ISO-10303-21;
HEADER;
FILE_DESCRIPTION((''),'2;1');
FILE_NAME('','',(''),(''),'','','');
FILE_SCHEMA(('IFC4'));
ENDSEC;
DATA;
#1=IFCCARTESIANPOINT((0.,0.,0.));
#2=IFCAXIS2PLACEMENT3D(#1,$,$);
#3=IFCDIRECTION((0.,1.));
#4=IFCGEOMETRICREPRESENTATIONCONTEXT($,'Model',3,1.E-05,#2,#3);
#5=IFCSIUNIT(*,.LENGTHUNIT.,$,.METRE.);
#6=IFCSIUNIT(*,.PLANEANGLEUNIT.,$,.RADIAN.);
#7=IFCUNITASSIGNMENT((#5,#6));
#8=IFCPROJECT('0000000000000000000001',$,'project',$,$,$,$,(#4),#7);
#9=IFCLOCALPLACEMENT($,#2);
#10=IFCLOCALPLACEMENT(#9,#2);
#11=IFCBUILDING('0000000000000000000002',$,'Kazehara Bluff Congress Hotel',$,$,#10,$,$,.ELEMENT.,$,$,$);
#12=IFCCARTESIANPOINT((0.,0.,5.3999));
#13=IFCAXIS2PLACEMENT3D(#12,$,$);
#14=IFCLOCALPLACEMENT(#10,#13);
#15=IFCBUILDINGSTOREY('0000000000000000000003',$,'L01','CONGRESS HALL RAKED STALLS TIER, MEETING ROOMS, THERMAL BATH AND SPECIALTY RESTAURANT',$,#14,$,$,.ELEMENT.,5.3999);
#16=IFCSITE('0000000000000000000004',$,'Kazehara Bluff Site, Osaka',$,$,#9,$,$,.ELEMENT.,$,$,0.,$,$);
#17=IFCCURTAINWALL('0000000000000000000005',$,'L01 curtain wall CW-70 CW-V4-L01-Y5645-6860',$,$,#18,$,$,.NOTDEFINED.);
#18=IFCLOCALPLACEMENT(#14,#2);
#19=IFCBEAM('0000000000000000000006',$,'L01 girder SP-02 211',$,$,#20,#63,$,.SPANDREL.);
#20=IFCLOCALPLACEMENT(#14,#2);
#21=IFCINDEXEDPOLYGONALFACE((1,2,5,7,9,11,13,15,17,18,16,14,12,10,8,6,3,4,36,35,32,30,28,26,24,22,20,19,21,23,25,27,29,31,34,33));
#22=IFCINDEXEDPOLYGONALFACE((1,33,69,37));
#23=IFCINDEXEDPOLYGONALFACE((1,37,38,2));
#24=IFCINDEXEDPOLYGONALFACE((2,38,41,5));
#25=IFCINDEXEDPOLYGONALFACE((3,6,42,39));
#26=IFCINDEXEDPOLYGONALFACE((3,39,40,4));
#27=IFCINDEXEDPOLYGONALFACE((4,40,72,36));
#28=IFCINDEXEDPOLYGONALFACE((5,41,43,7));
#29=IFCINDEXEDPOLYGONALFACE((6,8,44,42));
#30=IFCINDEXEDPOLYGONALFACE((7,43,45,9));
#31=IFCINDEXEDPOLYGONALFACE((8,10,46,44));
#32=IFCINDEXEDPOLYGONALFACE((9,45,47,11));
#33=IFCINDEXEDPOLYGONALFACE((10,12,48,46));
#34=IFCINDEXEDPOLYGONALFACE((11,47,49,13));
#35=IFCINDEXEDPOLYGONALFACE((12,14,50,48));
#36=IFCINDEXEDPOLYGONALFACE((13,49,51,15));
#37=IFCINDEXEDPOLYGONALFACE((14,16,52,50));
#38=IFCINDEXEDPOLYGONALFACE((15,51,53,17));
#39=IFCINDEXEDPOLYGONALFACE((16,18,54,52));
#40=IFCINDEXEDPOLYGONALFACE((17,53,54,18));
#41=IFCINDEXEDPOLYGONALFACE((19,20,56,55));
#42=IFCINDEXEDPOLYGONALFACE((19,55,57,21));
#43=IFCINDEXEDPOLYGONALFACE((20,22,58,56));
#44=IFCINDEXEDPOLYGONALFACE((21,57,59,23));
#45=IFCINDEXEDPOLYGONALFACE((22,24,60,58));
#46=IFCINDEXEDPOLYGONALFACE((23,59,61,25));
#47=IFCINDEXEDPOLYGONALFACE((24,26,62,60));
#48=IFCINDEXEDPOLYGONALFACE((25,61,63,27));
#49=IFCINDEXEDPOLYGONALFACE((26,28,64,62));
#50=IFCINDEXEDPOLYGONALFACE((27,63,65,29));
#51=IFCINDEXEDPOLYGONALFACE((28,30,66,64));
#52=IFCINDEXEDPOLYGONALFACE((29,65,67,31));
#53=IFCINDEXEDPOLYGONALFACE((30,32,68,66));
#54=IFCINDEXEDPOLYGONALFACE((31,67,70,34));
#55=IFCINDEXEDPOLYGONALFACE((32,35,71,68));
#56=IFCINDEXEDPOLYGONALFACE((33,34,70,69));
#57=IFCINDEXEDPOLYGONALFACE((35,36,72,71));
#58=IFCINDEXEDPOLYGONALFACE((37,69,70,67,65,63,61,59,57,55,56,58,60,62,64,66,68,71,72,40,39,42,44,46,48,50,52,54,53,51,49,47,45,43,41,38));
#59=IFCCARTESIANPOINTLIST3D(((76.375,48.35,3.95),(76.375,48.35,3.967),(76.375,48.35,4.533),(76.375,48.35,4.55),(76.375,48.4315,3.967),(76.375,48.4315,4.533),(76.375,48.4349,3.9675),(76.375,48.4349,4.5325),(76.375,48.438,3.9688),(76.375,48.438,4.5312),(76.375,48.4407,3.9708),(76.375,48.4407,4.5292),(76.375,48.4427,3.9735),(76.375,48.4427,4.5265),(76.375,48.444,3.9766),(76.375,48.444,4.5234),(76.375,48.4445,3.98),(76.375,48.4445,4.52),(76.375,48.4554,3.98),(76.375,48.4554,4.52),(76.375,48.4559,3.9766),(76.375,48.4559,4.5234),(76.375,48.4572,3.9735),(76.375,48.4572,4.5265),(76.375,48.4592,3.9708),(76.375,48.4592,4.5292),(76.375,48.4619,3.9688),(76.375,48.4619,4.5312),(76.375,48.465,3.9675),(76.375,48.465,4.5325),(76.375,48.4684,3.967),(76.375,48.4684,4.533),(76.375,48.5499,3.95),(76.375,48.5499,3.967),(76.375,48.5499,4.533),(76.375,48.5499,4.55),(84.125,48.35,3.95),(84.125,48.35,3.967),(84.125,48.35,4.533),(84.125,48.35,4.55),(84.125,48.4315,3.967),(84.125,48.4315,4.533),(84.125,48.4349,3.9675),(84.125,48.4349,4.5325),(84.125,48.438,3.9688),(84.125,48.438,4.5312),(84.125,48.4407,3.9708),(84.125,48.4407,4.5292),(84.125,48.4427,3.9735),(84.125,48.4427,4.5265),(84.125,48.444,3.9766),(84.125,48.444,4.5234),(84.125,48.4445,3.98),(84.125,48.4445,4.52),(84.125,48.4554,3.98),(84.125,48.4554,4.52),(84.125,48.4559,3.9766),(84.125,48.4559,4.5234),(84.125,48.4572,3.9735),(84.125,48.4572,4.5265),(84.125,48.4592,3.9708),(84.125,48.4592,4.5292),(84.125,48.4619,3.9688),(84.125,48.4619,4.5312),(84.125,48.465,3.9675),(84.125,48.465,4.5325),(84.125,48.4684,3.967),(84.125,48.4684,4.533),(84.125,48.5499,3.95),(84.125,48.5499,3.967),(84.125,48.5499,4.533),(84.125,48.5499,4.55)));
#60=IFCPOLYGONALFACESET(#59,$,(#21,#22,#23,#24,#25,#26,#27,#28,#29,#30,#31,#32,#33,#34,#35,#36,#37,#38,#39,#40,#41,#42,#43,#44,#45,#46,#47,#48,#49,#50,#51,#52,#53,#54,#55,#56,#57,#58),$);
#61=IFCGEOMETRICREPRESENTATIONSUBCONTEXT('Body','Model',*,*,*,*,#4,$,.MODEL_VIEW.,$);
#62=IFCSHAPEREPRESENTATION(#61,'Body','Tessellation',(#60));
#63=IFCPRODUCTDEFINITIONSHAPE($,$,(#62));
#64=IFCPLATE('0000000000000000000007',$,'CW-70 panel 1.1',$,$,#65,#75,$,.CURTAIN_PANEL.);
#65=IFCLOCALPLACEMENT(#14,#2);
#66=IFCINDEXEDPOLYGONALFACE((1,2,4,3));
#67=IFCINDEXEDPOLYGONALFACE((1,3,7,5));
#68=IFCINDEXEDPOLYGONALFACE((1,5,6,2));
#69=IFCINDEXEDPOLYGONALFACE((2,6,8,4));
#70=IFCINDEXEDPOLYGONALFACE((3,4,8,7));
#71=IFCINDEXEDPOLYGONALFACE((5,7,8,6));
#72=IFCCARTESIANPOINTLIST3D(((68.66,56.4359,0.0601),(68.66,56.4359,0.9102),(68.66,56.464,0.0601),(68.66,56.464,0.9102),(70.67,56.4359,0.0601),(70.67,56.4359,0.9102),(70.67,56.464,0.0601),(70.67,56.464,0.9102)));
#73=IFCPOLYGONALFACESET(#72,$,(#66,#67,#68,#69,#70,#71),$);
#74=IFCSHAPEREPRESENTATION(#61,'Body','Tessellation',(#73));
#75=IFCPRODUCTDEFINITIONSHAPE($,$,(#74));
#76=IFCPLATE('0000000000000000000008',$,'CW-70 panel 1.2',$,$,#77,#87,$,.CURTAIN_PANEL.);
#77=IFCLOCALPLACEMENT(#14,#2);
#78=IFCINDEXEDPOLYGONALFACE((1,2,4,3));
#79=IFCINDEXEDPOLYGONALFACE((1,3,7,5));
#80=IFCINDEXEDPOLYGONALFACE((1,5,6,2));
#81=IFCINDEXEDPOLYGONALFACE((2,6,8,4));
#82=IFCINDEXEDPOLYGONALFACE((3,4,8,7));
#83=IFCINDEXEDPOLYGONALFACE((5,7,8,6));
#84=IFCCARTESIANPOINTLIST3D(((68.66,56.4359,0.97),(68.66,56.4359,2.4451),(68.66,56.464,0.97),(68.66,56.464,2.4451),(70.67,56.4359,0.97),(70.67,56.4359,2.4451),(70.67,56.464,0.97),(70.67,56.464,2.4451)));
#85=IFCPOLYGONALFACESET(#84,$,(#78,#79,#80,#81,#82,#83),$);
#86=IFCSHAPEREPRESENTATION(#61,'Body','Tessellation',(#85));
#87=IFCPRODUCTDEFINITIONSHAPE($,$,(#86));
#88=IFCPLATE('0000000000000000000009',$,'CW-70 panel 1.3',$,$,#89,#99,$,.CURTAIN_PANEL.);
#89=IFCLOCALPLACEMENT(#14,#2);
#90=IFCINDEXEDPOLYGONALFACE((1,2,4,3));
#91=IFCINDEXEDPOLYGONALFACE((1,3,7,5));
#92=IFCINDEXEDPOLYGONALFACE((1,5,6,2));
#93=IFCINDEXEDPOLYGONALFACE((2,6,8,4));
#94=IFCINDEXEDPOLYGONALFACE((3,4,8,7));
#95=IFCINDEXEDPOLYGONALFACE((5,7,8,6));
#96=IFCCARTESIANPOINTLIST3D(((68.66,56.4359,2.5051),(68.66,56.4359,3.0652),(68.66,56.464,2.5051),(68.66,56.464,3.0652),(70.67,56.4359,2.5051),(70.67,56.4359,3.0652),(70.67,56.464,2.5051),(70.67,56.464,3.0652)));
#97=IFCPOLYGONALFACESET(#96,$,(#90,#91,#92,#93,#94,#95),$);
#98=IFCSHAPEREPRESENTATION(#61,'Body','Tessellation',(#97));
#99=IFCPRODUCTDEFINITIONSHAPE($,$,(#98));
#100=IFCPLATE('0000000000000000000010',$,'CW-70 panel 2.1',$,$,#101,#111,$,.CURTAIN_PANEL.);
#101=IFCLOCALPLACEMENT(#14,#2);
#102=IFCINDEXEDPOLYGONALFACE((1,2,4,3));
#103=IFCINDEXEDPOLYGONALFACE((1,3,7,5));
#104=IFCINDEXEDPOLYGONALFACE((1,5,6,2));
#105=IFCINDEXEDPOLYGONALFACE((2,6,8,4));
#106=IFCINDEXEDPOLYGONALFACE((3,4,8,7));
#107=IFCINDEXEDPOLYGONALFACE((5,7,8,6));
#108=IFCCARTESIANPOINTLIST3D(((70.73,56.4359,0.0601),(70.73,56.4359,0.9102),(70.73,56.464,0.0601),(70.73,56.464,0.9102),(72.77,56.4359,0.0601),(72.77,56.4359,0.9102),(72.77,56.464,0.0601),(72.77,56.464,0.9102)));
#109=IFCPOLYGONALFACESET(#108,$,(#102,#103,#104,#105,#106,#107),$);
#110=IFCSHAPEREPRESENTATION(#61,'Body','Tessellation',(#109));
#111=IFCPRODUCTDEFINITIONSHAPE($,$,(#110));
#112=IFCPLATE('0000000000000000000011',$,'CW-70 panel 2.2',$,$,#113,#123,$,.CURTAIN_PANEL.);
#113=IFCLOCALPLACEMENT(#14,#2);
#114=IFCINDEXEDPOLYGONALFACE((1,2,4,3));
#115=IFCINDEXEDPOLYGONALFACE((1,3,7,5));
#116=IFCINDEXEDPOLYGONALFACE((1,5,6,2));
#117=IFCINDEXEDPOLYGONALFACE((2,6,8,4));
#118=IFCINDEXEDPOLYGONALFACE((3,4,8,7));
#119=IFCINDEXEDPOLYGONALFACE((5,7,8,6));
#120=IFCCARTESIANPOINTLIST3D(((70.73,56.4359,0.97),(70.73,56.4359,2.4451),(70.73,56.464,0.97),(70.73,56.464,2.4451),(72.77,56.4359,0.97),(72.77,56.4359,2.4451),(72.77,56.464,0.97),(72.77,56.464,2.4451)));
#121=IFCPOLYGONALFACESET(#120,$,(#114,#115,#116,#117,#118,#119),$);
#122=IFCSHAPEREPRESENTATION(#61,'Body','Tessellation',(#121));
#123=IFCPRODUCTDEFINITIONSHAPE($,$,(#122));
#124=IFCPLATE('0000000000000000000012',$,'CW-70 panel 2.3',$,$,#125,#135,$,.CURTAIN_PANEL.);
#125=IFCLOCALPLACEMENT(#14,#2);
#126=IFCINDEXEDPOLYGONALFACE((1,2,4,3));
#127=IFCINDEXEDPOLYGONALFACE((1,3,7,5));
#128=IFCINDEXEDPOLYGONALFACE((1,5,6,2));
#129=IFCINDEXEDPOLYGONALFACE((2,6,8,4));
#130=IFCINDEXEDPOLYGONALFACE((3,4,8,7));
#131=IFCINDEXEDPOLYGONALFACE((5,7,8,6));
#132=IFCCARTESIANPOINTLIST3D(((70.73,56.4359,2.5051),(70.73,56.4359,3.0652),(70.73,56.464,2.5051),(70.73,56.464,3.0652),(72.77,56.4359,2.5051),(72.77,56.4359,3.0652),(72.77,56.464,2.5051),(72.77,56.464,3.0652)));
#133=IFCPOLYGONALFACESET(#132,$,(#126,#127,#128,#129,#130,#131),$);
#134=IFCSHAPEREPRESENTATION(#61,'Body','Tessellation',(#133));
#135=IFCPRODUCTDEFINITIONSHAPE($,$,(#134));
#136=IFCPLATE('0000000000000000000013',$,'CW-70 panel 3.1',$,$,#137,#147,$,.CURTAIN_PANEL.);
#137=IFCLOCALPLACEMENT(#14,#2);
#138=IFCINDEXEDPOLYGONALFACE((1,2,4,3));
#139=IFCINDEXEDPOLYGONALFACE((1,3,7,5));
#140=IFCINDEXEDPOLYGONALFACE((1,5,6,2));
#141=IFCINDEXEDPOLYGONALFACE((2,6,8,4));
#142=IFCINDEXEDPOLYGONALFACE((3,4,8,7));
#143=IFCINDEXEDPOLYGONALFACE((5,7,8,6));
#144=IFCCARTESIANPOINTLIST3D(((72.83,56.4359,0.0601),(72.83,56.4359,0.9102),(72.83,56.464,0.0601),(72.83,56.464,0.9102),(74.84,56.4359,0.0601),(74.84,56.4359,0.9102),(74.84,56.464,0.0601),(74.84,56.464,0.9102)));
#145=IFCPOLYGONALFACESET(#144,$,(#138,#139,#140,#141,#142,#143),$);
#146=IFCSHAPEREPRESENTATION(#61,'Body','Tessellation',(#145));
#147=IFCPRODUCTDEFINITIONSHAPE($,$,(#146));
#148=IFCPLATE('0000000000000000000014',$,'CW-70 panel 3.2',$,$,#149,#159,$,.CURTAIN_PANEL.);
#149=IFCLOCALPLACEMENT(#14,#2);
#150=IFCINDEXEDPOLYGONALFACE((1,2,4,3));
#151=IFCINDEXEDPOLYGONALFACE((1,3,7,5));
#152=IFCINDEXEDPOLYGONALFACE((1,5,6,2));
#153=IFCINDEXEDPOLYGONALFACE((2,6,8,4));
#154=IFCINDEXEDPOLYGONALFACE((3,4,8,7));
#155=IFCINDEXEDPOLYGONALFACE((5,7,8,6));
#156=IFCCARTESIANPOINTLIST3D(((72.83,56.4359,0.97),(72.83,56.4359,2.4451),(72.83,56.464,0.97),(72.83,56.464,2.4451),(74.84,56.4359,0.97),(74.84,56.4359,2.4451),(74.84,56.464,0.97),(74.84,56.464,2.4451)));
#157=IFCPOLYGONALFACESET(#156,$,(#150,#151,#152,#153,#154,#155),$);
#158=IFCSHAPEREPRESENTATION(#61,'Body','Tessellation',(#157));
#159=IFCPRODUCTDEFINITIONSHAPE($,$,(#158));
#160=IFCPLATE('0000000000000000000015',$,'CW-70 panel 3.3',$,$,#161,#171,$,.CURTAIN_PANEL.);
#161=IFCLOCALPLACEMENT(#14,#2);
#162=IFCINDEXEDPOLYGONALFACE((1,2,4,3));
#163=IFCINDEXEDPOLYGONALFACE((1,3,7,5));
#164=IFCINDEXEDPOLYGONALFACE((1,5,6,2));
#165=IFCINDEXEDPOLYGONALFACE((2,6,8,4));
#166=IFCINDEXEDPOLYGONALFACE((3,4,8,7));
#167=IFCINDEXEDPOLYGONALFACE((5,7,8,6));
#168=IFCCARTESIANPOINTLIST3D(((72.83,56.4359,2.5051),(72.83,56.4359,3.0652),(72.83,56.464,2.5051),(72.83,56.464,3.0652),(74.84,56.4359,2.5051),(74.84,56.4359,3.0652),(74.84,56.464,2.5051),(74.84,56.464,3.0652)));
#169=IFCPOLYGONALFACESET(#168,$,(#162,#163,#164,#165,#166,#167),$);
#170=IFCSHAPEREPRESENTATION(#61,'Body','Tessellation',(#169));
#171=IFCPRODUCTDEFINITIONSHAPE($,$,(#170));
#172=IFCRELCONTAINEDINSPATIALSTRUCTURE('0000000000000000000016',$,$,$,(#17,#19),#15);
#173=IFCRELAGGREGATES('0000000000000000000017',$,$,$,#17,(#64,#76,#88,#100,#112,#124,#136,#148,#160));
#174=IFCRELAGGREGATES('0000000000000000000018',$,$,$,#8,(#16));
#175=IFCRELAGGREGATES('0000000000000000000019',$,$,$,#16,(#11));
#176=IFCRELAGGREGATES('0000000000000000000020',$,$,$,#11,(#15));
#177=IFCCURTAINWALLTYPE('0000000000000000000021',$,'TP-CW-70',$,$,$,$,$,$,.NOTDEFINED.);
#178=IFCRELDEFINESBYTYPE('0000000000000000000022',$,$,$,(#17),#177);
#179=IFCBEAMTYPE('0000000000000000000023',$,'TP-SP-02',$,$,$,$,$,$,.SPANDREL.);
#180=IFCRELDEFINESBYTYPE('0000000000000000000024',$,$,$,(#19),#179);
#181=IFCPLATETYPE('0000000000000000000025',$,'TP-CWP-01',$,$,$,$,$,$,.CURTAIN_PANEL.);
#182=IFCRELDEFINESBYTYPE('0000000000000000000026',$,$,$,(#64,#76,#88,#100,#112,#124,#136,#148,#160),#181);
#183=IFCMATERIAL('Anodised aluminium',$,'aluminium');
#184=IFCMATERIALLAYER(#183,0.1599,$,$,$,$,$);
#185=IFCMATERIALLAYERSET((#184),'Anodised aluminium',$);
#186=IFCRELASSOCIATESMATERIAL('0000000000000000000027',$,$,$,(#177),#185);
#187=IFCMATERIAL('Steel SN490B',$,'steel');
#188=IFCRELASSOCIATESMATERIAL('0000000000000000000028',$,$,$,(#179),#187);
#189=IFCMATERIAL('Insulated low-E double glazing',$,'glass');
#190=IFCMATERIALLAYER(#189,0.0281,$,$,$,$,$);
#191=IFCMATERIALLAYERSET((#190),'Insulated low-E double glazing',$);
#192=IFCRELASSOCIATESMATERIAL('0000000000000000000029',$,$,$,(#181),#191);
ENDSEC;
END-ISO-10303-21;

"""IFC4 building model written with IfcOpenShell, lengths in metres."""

from ifc_helpers import new_model, si_unit, direction, frame, origin, origin_2d, place, context, subcontext, project, spatial, rectangle, i_section, extrude, material, layer, layer_set, material_profile, profile_set, type_object, element, aggregate, save


model = new_model("IFC4")

# Units and contexts
model_context = context("Model", 3, precision=1e-05, world=origin(), true_north=direction((0.0, 1.0)))
body_context = subcontext(model_context, "Body", "Model", "MODEL_VIEW")
ifc_project = project(units=[si_unit("LENGTHUNIT", "METRE"), si_unit("PLANEANGLEUNIT", "RADIAN")], contexts=[model_context])

# Site, building, storey
site_placement = place(None, origin())
site = spatial("IfcSite", under=ifc_project, at=site_placement, Name="Kazehara Bluff Site, Osaka", CompositionType="ELEMENT", RefElevation=0.0)
building_placement = place(site_placement, origin())
building = spatial("IfcBuilding", under=site, at=building_placement, Name="Kazehara Bluff Congress Hotel", CompositionType="ELEMENT")
storey_placement = place(building_placement, frame((0.0, 0.0, 5.3999)))
storey = spatial("IfcBuildingStorey", under=building, at=storey_placement, Name="L01", Description="CONGRESS HALL RAKED STALLS TIER, MEETING ROOMS, THERMAL BATH AND SPECIALTY RESTAURANT", CompositionType="ELEMENT", Elevation=5.3999)

# Curtain wall
ifc_material_1 = material(Name="Anodised aluminium", Category="aluminium")
ifc_layer_1 = layer(ifc_material_1, 0.1599)
ifc_layer_set_1 = layer_set([ifc_layer_1], Name="Anodised aluminium")
curtain_wall_type = type_object("IfcCurtainWallType", Name="TP-CW-70", PredefinedType="NOTDEFINED", material=ifc_layer_set_1)
curtain_wall_placement = place(storey_placement, origin())
curtain_wall = element("IfcCurtainWall", 1, at=curtain_wall_placement, inside=storey, type_object=curtain_wall_type, Name="L01 curtain wall CW-70 CW-V4-L01-Y5645-6860", PredefinedType="NOTDEFINED")

# Beam
ifc_material_2 = material(Name="Steel SN490B", Category="steel")
ifc_material_profile_1 = material_profile(ifc_material_2, i_section(OverallWidth=0.2, OverallDepth=0.6001, WebThickness=0.011, FlangeThickness=0.0171, FilletRadius=0.0129, at=origin_2d()))
ifc_profile_set_1 = profile_set([ifc_material_profile_1], Name="Steel SN490B")
beam_type_1 = type_object("IfcBeamType", Name="TP-SP-02", PredefinedType="SPANDREL", material=ifc_profile_set_1)
beam_1_placement = place(storey_placement, frame((76.375, 48.45, 4.25), z_axis=(1.0, 0.0, 0.0), x_axis=(0.0, 1.0, 0.0)))
element("IfcBeam", 2, at=beam_1_placement, inside=storey, type_object=beam_type_1, Name="L01 girder SP-02 211", PredefinedType="SPANDREL", context=body_context, shape_type="SweptSolid", body=[
    extrude(i_section(OverallWidth=0.2, OverallDepth=0.6001, WebThickness=0.011, FlangeThickness=0.0171, FilletRadius=0.0129, at=origin_2d()), origin(), (0.0, 0.0, 1.0), 7.75),
])

# Plates
ifc_material_3 = material(Name="Insulated low-E double glazing", Category="glass")
ifc_layer_2 = layer(ifc_material_3, 0.0281)
ifc_layer_set_2 = layer_set([ifc_layer_2], Name="Insulated low-E double glazing")
plate_type = type_object("IfcPlateType", Name="TP-CWP-01", PredefinedType="CURTAIN_PANEL", material=ifc_layer_set_2)
plate_1_placement = place(storey_placement, frame((69.665, 56.45, 0.0601), z_axis=(0.0, 0.0, 1.0), x_axis=(1.0, 0.0, 0.0)))
plate_1 = element("IfcPlate", 3, at=plate_1_placement, type_object=plate_type, Name="CW-70 panel 1.1", PredefinedType="CURTAIN_PANEL", context=body_context, shape_type="SweptSolid", body=[
    extrude(rectangle(XDim=2.01, YDim=0.0281, at=origin_2d()), origin(), (0.0, 0.0, 1.0), 0.8501),
])
plate_2_placement = place(storey_placement, frame((69.665, 56.45, 0.97), z_axis=(0.0, 0.0, 1.0), x_axis=(1.0, 0.0, 0.0)))
plate_2 = element("IfcPlate", 4, at=plate_2_placement, type_object=plate_type, Name="CW-70 panel 1.2", PredefinedType="CURTAIN_PANEL", context=body_context, shape_type="SweptSolid", body=[
    extrude(rectangle(XDim=2.01, YDim=0.0281, at=origin_2d()), origin(), (0.0, 0.0, 1.0), 1.4751),
])
plate_3_placement = place(storey_placement, frame((69.665, 56.45, 2.5051), z_axis=(0.0, 0.0, 1.0), x_axis=(1.0, 0.0, 0.0)))
plate_3 = element("IfcPlate", 5, at=plate_3_placement, type_object=plate_type, Name="CW-70 panel 1.3", PredefinedType="CURTAIN_PANEL", context=body_context, shape_type="SweptSolid", body=[
    extrude(rectangle(XDim=2.01, YDim=0.0281, at=origin_2d()), origin(), (0.0, 0.0, 1.0), 0.5601),
])
plate_4_placement = place(storey_placement, frame((71.75, 56.45, 0.0601), z_axis=(0.0, 0.0, 1.0), x_axis=(1.0, 0.0, 0.0)))
plate_4 = element("IfcPlate", 6, at=plate_4_placement, type_object=plate_type, Name="CW-70 panel 2.1", PredefinedType="CURTAIN_PANEL", context=body_context, shape_type="SweptSolid", body=[
    extrude(rectangle(XDim=2.04, YDim=0.0281, at=origin_2d()), origin(), (0.0, 0.0, 1.0), 0.8501),
])
plate_5_placement = place(storey_placement, frame((71.75, 56.45, 0.97), z_axis=(0.0, 0.0, 1.0), x_axis=(1.0, 0.0, 0.0)))
plate_5 = element("IfcPlate", 7, at=plate_5_placement, type_object=plate_type, Name="CW-70 panel 2.2", PredefinedType="CURTAIN_PANEL", context=body_context, shape_type="SweptSolid", body=[
    extrude(rectangle(XDim=2.04, YDim=0.0281, at=origin_2d()), origin(), (0.0, 0.0, 1.0), 1.4751),
])
plate_6_placement = place(storey_placement, frame((71.75, 56.45, 2.5051), z_axis=(0.0, 0.0, 1.0), x_axis=(1.0, 0.0, 0.0)))
plate_6 = element("IfcPlate", 8, at=plate_6_placement, type_object=plate_type, Name="CW-70 panel 2.3", PredefinedType="CURTAIN_PANEL", context=body_context, shape_type="SweptSolid", body=[
    extrude(rectangle(XDim=2.04, YDim=0.0281, at=origin_2d()), origin(), (0.0, 0.0, 1.0), 0.5601),
])
plate_7_placement = place(storey_placement, frame((73.835, 56.45, 0.0601), z_axis=(0.0, 0.0, 1.0), x_axis=(1.0, 0.0, 0.0)))
plate_7 = element("IfcPlate", 9, at=plate_7_placement, type_object=plate_type, Name="CW-70 panel 3.1", PredefinedType="CURTAIN_PANEL", context=body_context, shape_type="SweptSolid", body=[
    extrude(rectangle(XDim=2.01, YDim=0.0281, at=origin_2d()), origin(), (0.0, 0.0, 1.0), 0.8501),
])
plate_8_placement = place(storey_placement, frame((73.835, 56.45, 0.97), z_axis=(0.0, 0.0, 1.0), x_axis=(1.0, 0.0, 0.0)))
plate_8 = element("IfcPlate", 10, at=plate_8_placement, type_object=plate_type, Name="CW-70 panel 3.2", PredefinedType="CURTAIN_PANEL", context=body_context, shape_type="SweptSolid", body=[
    extrude(rectangle(XDim=2.01, YDim=0.0281, at=origin_2d()), origin(), (0.0, 0.0, 1.0), 1.4751),
])
plate_9_placement = place(storey_placement, frame((73.835, 56.45, 2.5051), z_axis=(0.0, 0.0, 1.0), x_axis=(1.0, 0.0, 0.0)))
plate_9 = element("IfcPlate", 11, at=plate_9_placement, type_object=plate_type, Name="CW-70 panel 3.3", PredefinedType="CURTAIN_PANEL", context=body_context, shape_type="SweptSolid", body=[
    extrude(rectangle(XDim=2.01, YDim=0.0281, at=origin_2d()), origin(), (0.0, 0.0, 1.0), 0.5601),
])
aggregate(curtain_wall, [plate_1, plate_2, plate_3, plate_4, plate_5, plate_6, plate_7, plate_8, plate_9])

save(model, "model.ifc")
